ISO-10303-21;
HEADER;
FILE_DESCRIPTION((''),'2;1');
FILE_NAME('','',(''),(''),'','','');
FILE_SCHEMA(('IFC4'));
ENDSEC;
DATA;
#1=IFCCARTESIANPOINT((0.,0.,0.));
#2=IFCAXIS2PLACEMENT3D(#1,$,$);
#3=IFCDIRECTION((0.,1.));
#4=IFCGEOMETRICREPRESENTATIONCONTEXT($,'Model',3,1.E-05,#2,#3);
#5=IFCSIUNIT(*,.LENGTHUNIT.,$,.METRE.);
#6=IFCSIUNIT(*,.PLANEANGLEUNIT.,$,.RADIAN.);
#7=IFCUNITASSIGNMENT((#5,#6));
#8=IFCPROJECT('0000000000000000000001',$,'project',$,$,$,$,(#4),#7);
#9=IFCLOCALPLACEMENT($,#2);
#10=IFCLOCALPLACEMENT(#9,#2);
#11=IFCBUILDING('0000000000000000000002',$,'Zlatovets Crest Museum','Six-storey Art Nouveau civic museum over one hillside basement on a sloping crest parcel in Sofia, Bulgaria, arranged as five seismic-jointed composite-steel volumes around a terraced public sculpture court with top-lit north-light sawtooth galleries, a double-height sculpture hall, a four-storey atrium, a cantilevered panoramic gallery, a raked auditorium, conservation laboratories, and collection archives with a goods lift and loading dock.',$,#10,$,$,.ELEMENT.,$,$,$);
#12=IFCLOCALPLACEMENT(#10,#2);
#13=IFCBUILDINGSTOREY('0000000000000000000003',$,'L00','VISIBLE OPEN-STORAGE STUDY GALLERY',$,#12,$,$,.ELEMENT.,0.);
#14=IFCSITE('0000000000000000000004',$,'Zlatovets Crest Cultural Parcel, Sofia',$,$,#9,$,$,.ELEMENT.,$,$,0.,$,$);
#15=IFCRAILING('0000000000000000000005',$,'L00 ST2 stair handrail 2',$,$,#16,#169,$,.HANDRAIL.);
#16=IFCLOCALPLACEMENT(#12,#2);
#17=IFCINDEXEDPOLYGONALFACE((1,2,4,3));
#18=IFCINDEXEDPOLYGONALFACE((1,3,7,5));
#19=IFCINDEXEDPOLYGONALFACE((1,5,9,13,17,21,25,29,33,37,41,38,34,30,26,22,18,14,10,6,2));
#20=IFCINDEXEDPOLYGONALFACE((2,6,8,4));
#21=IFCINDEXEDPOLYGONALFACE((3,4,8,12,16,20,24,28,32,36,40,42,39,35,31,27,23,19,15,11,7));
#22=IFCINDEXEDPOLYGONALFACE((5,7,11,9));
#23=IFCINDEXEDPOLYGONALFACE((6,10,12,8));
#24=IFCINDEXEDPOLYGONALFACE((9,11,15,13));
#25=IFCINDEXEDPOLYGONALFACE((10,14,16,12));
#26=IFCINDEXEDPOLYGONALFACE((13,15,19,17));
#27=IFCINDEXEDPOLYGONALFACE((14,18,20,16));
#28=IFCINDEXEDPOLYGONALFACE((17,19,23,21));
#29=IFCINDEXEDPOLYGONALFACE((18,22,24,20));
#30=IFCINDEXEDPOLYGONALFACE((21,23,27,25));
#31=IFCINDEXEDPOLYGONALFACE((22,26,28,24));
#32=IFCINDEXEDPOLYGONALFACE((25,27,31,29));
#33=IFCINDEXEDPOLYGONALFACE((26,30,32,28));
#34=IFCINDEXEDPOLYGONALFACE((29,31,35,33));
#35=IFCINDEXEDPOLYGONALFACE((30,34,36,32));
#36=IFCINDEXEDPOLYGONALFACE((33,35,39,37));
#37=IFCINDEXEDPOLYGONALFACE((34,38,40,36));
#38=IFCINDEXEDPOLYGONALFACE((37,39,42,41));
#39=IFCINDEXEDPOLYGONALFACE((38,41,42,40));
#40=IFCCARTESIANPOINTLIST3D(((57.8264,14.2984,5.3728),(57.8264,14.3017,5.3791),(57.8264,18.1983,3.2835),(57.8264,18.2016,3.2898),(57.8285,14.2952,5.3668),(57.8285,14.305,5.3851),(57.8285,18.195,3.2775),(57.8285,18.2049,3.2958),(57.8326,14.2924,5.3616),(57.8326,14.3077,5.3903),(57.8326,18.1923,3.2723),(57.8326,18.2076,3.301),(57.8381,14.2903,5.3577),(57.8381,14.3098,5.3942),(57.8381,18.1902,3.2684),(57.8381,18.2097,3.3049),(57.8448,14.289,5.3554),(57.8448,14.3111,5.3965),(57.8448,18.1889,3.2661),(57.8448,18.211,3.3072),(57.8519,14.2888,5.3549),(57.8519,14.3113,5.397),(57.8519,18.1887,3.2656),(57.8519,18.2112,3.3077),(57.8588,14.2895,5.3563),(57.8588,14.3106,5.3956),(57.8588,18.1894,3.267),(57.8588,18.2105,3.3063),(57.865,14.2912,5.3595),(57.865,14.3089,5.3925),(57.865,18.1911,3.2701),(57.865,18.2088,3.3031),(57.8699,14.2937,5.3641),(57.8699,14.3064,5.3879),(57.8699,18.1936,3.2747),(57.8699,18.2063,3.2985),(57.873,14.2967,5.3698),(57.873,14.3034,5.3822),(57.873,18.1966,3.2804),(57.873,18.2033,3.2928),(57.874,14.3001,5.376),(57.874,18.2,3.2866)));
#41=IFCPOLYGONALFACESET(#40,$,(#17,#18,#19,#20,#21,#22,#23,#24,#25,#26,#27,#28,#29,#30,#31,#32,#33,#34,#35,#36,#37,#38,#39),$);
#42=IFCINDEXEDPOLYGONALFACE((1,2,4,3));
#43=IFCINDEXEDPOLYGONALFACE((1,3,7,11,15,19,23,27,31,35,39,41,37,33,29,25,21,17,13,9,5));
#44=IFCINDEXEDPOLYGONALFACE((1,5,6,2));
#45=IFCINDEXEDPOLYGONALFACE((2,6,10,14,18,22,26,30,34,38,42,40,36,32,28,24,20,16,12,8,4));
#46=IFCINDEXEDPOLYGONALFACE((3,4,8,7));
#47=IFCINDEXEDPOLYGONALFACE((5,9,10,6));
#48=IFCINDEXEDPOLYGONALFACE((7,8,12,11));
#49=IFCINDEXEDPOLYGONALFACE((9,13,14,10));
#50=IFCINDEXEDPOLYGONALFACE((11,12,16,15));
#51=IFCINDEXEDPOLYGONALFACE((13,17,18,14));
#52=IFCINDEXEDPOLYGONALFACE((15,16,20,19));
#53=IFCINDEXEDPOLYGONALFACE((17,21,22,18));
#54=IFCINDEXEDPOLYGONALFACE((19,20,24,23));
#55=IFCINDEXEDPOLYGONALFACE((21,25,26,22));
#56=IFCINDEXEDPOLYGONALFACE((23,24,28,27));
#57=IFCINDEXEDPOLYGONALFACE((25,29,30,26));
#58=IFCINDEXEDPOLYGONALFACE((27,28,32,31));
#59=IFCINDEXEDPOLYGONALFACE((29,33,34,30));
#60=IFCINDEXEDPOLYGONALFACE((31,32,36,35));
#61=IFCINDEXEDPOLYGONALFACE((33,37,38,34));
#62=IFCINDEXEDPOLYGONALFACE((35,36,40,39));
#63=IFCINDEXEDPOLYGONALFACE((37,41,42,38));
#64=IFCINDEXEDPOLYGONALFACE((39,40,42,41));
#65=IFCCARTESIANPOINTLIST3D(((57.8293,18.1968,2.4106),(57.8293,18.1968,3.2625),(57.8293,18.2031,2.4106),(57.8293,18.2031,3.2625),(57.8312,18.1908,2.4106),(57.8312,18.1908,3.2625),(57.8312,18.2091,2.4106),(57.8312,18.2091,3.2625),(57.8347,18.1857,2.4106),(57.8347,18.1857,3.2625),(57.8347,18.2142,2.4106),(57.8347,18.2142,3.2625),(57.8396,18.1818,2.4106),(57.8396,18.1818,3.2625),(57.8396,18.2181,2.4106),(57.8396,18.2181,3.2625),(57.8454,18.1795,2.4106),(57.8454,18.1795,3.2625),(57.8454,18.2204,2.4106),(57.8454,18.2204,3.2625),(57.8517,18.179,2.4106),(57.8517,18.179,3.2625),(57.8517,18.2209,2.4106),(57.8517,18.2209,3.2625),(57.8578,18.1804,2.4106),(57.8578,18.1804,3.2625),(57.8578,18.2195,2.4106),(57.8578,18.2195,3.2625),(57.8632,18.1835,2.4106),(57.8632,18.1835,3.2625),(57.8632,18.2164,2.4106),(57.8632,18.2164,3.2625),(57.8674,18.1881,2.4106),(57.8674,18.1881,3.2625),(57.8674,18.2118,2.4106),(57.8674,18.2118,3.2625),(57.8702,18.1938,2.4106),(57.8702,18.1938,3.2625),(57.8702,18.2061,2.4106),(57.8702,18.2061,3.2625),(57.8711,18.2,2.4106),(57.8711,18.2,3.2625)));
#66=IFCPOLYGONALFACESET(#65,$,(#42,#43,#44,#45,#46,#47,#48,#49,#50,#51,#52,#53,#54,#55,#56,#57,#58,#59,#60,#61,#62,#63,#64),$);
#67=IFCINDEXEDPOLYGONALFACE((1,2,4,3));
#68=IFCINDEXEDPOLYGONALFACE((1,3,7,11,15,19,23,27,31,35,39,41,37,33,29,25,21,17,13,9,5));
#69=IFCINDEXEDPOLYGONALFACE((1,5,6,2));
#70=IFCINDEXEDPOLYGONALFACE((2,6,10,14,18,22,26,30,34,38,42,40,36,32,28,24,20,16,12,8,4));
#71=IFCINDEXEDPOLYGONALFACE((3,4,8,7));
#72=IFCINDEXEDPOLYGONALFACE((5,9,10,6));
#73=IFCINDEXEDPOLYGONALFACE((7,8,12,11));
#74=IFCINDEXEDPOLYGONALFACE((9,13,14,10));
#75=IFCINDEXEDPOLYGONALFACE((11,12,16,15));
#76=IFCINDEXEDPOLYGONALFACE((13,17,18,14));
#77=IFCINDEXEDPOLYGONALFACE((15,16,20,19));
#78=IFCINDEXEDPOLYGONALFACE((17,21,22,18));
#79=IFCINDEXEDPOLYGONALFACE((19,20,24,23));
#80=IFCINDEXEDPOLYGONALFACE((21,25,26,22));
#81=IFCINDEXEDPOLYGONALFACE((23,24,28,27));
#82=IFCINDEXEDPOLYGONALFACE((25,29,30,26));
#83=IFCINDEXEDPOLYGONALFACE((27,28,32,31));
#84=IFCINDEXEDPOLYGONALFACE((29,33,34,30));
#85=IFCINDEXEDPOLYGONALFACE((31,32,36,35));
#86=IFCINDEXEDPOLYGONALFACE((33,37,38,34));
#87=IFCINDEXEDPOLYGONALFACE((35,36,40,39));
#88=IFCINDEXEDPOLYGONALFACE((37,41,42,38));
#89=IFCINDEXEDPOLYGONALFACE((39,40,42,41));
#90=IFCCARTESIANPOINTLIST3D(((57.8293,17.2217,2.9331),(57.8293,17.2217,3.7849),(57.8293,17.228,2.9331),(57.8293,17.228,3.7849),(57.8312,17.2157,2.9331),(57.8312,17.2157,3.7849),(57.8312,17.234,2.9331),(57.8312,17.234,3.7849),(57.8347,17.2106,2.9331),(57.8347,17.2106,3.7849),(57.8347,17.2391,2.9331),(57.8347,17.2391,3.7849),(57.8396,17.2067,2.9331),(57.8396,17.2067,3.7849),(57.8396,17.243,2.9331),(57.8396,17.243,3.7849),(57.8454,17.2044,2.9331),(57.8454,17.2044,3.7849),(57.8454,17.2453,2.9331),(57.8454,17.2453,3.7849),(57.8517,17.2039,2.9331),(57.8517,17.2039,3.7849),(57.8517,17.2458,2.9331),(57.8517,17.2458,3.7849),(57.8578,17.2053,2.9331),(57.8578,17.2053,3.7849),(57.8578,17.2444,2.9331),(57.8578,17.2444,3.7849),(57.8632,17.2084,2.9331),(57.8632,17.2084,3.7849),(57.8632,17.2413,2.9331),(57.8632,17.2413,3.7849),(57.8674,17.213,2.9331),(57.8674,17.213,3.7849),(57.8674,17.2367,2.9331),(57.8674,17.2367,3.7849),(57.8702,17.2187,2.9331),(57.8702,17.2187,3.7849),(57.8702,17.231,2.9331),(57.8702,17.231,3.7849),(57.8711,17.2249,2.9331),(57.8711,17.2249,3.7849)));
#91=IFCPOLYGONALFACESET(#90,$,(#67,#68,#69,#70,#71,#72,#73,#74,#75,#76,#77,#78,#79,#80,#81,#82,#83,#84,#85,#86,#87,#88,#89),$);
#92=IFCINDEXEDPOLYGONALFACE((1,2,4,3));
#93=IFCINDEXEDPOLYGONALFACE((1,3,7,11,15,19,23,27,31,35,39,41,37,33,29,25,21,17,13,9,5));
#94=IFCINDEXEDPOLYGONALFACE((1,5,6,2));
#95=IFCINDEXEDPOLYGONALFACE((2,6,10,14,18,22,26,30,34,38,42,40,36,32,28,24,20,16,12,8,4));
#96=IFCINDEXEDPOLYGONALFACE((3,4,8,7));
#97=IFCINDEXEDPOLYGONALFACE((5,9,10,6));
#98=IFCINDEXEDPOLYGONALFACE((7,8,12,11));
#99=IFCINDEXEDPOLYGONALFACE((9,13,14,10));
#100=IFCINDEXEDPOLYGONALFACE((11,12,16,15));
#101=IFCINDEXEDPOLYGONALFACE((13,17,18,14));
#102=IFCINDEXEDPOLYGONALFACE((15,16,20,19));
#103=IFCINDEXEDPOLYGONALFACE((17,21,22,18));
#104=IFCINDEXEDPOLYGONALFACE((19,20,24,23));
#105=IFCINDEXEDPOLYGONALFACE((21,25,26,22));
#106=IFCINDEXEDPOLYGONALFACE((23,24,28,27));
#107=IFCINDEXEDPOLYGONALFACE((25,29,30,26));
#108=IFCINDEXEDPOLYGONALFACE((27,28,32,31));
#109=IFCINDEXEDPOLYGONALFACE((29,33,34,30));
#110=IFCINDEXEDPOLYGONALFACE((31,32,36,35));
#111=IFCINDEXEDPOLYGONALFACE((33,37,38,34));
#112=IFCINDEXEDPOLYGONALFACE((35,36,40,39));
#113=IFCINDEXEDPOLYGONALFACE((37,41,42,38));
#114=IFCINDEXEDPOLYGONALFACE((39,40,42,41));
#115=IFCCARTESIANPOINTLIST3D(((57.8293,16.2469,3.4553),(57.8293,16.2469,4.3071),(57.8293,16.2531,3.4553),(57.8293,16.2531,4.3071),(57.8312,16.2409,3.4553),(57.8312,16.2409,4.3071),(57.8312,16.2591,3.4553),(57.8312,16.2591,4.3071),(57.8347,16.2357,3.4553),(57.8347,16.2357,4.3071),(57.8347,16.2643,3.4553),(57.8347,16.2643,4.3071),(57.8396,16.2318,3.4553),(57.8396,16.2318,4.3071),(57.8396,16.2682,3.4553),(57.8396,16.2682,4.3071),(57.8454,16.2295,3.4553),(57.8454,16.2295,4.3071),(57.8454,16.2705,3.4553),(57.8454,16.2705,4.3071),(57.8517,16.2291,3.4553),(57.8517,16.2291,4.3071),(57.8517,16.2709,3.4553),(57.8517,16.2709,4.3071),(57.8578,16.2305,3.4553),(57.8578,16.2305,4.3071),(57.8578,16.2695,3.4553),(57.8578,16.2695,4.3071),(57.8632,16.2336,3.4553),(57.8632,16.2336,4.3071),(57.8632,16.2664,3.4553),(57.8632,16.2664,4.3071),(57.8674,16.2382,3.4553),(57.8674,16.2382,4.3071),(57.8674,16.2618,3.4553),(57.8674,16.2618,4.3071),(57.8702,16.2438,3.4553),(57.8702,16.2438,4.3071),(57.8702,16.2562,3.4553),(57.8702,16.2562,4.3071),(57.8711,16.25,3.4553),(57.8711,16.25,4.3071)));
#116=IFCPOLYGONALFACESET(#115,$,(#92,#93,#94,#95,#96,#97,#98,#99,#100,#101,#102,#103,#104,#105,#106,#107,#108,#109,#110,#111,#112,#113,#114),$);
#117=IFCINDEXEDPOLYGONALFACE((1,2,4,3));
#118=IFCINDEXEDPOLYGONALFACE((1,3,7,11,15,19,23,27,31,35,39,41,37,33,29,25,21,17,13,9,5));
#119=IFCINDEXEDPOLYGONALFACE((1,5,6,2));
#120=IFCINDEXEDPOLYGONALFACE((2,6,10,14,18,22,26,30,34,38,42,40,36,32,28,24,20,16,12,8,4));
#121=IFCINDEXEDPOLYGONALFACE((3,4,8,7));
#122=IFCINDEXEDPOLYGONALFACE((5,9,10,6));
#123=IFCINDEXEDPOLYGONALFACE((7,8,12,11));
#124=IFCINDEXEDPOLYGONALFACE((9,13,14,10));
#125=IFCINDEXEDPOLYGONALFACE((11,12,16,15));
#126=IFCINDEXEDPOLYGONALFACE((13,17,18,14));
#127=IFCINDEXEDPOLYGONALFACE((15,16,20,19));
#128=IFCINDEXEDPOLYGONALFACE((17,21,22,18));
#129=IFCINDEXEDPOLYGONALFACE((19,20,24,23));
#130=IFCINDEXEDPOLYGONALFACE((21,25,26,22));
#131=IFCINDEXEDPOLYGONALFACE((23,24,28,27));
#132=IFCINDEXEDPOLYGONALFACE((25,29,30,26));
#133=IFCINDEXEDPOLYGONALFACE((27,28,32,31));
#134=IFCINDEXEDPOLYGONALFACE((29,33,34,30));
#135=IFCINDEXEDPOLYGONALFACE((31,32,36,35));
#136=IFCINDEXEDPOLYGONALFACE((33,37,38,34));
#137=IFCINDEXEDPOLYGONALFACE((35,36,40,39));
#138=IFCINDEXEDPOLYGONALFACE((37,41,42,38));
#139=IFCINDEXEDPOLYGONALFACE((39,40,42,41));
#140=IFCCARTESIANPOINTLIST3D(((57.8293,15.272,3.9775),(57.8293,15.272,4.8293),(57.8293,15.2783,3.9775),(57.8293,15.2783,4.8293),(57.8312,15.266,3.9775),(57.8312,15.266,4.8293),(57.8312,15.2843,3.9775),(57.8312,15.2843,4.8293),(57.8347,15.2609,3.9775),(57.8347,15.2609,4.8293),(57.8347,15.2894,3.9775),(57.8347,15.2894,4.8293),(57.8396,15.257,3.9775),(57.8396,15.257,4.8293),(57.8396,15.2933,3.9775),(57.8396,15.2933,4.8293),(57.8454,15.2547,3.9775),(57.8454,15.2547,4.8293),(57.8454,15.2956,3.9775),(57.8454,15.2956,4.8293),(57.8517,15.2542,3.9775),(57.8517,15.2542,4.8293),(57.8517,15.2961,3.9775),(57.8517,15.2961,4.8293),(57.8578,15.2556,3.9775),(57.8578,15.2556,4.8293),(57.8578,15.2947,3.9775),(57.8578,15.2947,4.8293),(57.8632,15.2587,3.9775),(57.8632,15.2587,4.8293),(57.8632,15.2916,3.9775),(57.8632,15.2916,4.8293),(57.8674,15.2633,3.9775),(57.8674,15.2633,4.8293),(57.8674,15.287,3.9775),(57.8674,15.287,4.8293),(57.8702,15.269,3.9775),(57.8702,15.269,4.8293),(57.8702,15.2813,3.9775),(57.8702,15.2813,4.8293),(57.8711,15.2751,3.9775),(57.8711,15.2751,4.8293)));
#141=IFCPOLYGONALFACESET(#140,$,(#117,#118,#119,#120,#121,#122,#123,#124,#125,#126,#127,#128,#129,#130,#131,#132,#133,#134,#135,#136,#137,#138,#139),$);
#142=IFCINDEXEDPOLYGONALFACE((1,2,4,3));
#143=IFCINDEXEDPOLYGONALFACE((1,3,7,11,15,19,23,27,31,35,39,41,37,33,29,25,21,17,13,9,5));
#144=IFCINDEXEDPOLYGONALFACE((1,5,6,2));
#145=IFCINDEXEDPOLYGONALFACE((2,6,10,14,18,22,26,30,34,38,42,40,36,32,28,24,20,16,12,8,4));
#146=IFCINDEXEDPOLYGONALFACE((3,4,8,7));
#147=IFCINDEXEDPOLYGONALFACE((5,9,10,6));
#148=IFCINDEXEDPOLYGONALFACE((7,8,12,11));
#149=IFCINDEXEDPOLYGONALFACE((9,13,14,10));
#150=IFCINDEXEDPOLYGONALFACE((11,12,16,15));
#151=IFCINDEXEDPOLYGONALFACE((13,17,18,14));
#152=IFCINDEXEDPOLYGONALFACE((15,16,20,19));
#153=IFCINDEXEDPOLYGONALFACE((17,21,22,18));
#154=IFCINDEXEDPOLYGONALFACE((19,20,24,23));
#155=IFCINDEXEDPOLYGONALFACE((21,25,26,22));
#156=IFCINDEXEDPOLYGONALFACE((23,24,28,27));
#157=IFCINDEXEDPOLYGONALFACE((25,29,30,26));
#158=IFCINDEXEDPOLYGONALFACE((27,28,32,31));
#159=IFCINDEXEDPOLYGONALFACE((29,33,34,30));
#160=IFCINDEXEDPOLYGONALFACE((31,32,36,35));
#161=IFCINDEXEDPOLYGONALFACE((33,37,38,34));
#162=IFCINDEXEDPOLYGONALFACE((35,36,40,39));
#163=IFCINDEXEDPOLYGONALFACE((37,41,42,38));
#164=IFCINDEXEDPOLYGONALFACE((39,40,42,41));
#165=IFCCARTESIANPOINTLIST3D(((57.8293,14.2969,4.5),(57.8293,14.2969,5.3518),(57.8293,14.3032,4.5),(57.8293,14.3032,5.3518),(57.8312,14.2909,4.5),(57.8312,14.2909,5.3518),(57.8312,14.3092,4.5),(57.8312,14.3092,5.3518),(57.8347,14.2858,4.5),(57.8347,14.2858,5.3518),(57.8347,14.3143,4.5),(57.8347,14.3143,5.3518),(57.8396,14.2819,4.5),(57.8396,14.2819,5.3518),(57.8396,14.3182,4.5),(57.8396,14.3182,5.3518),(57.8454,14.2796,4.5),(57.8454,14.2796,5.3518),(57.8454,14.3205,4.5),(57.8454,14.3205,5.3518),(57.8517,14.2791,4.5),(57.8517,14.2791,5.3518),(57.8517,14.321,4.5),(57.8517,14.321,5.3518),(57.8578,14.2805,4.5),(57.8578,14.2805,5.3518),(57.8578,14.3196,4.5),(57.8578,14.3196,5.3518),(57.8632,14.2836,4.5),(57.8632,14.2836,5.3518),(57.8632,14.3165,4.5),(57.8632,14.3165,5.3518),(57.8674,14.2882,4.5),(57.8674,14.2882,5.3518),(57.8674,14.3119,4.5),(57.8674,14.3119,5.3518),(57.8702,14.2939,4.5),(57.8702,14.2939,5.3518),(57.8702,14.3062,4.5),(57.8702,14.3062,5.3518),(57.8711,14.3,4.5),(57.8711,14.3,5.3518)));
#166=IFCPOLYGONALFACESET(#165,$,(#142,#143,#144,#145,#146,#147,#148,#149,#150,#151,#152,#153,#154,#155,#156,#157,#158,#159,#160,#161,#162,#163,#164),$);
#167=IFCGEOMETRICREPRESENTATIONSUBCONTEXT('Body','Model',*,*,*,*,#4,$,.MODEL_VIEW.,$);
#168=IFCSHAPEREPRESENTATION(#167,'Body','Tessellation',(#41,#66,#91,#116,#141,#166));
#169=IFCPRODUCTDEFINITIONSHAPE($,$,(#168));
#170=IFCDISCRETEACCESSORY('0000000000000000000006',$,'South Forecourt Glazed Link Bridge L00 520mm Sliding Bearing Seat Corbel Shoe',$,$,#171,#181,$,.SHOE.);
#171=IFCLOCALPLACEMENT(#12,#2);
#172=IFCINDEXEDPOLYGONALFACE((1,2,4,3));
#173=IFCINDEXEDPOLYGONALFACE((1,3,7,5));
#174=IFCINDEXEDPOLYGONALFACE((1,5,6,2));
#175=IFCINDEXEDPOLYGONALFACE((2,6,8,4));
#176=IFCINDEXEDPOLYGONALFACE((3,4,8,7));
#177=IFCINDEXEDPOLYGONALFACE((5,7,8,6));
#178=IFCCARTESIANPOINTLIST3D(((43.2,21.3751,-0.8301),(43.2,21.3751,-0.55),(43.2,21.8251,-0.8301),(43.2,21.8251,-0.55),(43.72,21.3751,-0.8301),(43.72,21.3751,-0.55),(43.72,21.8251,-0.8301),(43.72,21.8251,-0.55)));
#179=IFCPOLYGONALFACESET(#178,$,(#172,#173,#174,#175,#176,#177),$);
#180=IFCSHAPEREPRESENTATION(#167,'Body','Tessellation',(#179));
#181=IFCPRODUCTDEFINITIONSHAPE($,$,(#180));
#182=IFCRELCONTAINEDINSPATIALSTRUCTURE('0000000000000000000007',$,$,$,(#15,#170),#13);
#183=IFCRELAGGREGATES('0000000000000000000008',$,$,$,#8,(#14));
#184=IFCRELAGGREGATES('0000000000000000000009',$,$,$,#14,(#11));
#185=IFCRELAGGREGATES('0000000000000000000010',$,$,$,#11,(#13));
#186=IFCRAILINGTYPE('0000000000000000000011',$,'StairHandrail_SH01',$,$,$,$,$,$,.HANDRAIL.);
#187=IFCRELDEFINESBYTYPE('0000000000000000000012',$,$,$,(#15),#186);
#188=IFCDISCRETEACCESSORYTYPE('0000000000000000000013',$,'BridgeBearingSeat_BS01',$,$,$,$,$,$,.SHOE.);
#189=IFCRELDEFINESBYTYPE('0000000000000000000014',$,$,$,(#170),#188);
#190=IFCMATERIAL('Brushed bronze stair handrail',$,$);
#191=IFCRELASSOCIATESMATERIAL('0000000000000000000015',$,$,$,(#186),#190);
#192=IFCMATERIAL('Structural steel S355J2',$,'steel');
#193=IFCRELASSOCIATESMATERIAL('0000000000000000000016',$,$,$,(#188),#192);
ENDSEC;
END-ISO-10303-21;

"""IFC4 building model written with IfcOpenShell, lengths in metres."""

from ifc_helpers import new_model, si_unit, direction, frame, origin, origin_2d, place, context, subcontext, project, spatial, rectangle, circle, extrude, material, type_object, element, save


model = new_model("IFC4")

# Units and contexts
model_context = context("Model", 3, precision=1e-05, world=origin(), true_north=direction((0.0, 1.0)))
body_context = subcontext(model_context, "Body", "Model", "MODEL_VIEW")
ifc_project = project(units=[si_unit("LENGTHUNIT", "METRE"), si_unit("PLANEANGLEUNIT", "RADIAN")], contexts=[model_context])

# Site, building, storey
site_placement = place(None, origin())
site = spatial("IfcSite", under=ifc_project, at=site_placement, Name="Zlatovets Crest Cultural Parcel, Sofia", CompositionType="ELEMENT", RefElevation=0.0)
building_placement = place(site_placement, origin())
building = spatial("IfcBuilding", under=site, at=building_placement, Name="Zlatovets Crest Museum", Description="Six-storey Art Nouveau civic museum over one hillside basement on a sloping crest parcel in Sofia, Bulgaria, arranged as five seismic-jointed composite-steel volumes around a terraced public sculpture court with top-lit north-light sawtooth galleries, a double-height sculpture hall, a four-storey atrium, a cantilevered panoramic gallery, a raked auditorium, conservation laboratories, and collection archives with a goods lift and loading dock.", CompositionType="ELEMENT")
storey_placement = place(building_placement, origin())
storey = spatial("IfcBuildingStorey", under=building, at=storey_placement, Name="L00", Description="VISIBLE OPEN-STORAGE STUDY GALLERY", CompositionType="ELEMENT", Elevation=0.0)

# Shared definitions
ifc_material_1 = material(Name="Structural steel S355J2", Category="steel")

# Railing
ifc_material_2 = material(Name="Brushed bronze stair handrail")
railing_type_1 = type_object("IfcRailingType", Name="StairHandrail_SH01", PredefinedType="HANDRAIL", material=ifc_material_2)
railing_1_placement = place(storey_placement, frame((57.8501, 18.2, 2.4106)))
element("IfcRailing", 1, at=railing_1_placement, inside=storey, type_object=railing_type_1, Name="L00 ST2 stair handrail 2", PredefinedType="HANDRAIL", context=body_context, shape_type="SweptSolid", body=[
    extrude(circle(Radius=0.0239, at=origin_2d()), frame((0.0, 0.0, 0.876), z_axis=(0.0, -0.881468, 0.472243), x_axis=(1.0, 0.0, 0.0)), (0.0, 0.0, 1.0), 4.4243),
    extrude(circle(Radius=0.021, at=origin_2d()), origin(), (0.0, 0.0, 1.0), 0.8518),
    extrude(circle(Radius=0.021, at=origin_2d()), frame((0.0, -0.9751, 0.5225)), (0.0, 0.0, 1.0), 0.8518),
    extrude(circle(Radius=0.021, at=origin_2d()), frame((0.0, -1.95, 1.0447)), (0.0, 0.0, 1.0), 0.8518),
    extrude(circle(Radius=0.021, at=origin_2d()), frame((0.0, -2.9248, 1.5669)), (0.0, 0.0, 1.0), 0.8518),
    extrude(circle(Radius=0.021, at=origin_2d()), frame((0.0, -3.8999, 2.0894)), (0.0, 0.0, 1.0), 0.8518),
])

# Discrete accessory
discrete_accessory_type = type_object("IfcDiscreteAccessoryType", Name="BridgeBearingSeat_BS01", PredefinedType="SHOE", material=ifc_material_1)
discrete_accessory_placement = place(storey_placement, frame((43.46, 21.6001, -0.8301), z_axis=(0.0, 0.0, 1.0), x_axis=(1.0, 0.0, 0.0)))
element("IfcDiscreteAccessory", 2, at=discrete_accessory_placement, inside=storey, type_object=discrete_accessory_type, Name="South Forecourt Glazed Link Bridge L00 520mm Sliding Bearing Seat Corbel Shoe", PredefinedType="SHOE", context=body_context, shape_type="SweptSolid", body=[
    extrude(rectangle(XDim=0.52, YDim=0.45, at=origin_2d()), origin(), (0.0, 0.0, 1.0), 0.28),
])

save(model, "model.ifc")
